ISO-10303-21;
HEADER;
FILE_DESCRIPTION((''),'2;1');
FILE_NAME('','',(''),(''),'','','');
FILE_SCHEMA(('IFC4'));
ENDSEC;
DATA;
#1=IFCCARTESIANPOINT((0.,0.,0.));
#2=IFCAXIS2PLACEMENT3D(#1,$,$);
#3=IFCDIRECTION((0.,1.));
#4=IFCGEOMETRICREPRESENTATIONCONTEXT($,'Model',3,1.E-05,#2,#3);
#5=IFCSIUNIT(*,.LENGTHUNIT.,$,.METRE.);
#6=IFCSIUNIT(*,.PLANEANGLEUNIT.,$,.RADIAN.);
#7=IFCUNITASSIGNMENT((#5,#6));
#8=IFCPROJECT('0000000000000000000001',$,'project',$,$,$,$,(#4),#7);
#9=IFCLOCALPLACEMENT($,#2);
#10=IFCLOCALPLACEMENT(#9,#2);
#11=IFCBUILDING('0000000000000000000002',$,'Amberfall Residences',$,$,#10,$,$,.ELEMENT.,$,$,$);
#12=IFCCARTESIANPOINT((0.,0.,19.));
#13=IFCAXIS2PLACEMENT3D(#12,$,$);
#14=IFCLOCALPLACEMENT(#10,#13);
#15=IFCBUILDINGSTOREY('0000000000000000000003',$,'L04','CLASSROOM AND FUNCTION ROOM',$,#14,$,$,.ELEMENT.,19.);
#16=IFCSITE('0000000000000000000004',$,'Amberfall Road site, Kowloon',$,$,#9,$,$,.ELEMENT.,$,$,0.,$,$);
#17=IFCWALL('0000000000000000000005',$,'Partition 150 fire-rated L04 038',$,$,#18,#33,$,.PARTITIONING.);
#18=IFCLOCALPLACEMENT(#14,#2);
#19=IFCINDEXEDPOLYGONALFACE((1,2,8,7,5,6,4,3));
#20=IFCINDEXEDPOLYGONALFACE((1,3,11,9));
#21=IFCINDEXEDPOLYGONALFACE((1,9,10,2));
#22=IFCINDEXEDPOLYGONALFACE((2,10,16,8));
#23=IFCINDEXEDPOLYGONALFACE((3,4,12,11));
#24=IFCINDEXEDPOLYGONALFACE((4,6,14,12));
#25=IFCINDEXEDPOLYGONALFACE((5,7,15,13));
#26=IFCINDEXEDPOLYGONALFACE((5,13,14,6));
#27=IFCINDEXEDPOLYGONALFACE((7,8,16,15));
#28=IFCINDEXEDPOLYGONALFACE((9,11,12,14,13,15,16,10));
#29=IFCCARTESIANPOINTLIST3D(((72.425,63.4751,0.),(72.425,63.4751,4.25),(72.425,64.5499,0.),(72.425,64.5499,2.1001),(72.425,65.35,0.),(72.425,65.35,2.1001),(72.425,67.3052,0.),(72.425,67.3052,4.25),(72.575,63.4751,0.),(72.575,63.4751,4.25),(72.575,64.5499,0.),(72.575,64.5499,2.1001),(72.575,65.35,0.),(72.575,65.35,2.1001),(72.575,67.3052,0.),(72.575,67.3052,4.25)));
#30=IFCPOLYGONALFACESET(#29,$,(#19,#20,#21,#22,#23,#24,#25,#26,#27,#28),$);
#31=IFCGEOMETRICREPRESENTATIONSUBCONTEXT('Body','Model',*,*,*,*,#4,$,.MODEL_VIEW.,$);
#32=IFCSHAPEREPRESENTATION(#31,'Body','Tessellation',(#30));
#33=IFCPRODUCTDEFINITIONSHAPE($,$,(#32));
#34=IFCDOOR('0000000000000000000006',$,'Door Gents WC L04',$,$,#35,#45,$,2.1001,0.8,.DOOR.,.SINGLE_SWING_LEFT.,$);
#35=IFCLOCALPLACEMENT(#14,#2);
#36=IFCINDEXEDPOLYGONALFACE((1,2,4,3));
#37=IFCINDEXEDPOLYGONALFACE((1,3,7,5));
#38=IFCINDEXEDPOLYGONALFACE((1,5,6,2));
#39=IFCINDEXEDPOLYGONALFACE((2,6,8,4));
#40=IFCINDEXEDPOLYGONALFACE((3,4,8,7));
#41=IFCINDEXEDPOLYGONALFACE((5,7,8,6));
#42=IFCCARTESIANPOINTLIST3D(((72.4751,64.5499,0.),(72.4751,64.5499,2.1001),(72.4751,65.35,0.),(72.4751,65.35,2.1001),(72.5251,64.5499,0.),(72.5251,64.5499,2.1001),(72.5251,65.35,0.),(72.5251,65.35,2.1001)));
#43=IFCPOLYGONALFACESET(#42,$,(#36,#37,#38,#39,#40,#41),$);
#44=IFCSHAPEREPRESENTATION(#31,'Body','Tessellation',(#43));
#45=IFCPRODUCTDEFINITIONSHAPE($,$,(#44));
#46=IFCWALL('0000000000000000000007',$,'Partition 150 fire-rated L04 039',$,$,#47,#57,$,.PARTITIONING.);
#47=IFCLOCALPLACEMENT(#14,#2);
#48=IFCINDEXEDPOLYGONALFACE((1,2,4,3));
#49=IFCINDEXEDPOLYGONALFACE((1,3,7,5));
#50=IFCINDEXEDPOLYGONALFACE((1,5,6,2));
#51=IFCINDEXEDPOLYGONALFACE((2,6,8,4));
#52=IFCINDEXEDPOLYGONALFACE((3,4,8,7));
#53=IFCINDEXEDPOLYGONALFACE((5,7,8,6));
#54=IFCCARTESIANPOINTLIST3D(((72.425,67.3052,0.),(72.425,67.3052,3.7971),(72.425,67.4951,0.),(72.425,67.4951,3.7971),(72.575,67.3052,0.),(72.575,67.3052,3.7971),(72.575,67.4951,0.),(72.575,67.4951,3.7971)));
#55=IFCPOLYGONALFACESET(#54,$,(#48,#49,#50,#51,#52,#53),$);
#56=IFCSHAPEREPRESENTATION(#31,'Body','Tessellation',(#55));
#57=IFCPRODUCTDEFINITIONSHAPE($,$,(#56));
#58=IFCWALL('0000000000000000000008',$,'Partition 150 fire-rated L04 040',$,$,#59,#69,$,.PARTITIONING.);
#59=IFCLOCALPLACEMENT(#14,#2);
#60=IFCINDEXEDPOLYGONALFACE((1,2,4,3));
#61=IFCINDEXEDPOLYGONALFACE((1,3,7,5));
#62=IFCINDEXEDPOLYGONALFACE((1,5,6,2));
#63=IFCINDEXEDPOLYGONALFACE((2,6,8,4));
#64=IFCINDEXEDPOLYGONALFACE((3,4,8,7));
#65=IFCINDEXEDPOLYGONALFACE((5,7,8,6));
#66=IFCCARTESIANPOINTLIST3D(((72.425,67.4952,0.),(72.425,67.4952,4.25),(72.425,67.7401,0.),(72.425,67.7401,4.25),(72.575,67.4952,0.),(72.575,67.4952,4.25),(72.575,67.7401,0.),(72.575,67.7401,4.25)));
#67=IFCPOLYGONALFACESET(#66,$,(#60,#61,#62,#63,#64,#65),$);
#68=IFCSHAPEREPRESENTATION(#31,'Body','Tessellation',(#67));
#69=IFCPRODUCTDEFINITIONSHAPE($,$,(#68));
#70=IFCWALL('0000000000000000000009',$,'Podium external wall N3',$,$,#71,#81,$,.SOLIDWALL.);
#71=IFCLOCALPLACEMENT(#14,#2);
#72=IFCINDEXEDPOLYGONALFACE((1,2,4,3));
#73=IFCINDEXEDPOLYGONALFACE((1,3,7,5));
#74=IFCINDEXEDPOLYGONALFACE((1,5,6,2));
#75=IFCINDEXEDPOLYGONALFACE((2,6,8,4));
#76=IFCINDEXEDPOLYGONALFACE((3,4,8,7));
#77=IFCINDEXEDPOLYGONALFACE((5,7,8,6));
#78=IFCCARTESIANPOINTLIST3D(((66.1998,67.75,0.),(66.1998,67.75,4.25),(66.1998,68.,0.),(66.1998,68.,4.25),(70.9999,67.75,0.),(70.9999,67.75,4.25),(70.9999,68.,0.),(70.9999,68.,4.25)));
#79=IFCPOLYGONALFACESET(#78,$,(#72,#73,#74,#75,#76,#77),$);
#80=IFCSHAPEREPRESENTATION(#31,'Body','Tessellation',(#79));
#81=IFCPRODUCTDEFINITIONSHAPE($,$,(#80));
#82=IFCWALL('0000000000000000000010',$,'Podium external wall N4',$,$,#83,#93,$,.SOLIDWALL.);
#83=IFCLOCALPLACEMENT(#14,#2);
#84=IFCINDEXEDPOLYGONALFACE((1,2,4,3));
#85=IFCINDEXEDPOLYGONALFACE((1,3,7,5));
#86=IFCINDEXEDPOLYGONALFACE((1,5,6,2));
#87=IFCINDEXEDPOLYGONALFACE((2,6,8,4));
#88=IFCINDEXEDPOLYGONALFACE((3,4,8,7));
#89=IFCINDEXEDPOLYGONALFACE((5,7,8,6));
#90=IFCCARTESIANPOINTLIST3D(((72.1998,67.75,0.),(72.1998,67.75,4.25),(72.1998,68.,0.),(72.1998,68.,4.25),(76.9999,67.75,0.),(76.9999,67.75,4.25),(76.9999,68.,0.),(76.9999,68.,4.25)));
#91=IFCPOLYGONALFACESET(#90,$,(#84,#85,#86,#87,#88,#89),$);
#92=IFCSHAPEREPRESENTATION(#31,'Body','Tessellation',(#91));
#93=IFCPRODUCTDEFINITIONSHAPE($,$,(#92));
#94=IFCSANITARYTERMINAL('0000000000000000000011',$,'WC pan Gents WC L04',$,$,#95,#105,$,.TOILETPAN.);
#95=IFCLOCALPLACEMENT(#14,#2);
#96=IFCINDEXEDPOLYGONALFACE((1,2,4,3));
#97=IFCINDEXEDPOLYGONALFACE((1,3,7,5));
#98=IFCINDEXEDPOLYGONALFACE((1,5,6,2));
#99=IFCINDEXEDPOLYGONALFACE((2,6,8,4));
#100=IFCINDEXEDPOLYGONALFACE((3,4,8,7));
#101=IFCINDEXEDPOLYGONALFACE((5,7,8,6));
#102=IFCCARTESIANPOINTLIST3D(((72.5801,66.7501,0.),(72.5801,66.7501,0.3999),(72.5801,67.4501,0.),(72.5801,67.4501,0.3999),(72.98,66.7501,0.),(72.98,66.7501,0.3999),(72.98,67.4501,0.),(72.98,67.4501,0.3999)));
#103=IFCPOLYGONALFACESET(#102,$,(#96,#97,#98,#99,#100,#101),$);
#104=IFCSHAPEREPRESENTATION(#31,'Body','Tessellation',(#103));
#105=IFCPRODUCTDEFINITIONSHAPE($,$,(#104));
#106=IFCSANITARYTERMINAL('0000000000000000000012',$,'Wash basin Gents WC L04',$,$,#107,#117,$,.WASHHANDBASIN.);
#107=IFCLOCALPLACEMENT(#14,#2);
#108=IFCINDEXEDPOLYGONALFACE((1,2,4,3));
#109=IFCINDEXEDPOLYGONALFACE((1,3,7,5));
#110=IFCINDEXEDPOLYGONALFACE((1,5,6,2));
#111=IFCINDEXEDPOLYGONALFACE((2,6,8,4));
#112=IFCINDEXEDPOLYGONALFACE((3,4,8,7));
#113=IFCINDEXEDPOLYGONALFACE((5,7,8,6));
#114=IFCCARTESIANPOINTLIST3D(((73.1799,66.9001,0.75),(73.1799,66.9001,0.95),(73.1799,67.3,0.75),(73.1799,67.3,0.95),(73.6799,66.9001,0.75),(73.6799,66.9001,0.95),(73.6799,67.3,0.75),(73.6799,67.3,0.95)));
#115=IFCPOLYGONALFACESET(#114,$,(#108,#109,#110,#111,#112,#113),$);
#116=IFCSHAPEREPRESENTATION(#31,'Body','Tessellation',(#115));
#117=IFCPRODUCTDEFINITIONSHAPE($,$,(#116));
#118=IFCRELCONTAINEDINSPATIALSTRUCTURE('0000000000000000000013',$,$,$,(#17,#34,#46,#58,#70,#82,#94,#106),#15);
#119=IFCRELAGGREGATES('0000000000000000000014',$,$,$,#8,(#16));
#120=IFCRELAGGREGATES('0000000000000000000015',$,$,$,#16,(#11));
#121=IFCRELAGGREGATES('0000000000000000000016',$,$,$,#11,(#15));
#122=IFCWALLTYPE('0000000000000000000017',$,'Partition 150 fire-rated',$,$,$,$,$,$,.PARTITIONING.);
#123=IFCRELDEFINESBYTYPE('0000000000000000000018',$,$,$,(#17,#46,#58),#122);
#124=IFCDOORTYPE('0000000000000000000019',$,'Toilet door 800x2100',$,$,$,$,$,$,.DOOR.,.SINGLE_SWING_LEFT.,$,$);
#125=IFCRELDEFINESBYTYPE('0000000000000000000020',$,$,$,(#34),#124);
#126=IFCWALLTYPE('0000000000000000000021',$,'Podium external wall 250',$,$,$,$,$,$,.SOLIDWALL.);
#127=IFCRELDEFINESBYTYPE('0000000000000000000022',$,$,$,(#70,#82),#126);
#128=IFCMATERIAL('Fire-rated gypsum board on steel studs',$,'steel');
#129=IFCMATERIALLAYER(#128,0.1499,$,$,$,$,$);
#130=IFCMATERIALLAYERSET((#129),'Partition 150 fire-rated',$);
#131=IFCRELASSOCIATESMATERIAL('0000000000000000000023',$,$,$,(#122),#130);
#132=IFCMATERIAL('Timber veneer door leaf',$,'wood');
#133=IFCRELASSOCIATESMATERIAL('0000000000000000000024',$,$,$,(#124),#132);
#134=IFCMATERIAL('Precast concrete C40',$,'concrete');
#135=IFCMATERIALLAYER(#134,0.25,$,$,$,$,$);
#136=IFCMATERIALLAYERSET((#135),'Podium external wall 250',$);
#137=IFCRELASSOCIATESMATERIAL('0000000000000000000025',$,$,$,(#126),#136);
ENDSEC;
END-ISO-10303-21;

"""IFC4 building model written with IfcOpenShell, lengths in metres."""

from ifc_helpers import new_model, si_unit, direction, frame, frame_2d, origin, origin_2d, place, context, subcontext, project, spatial, rectangle, extrude, material, layer, layer_set, type_object, element, fill, save


model = new_model("IFC4")

# Units and contexts
model_context = context("Model", 3, precision=1e-05, world=origin(), true_north=direction((0.0, 1.0)))
body_context = subcontext(model_context, "Body", "Model", "MODEL_VIEW")
ifc_project = project(units=[si_unit("LENGTHUNIT", "METRE"), si_unit("PLANEANGLEUNIT", "RADIAN")], contexts=[model_context])

# Site, building, storey
site_placement = place(None, origin())
site = spatial("IfcSite", under=ifc_project, at=site_placement, Name="Amberfall Road site, Kowloon", CompositionType="ELEMENT", RefElevation=0.0)
building_placement = place(site_placement, origin())
building = spatial("IfcBuilding", under=site, at=building_placement, Name="Amberfall Residences", CompositionType="ELEMENT")
storey_placement = place(building_placement, frame((0.0, 0.0, 19.0)))
storey = spatial("IfcBuildingStorey", under=building, at=storey_placement, Name="L04", Description="CLASSROOM AND FUNCTION ROOM", CompositionType="ELEMENT", Elevation=19.0)

# Shared definitions
ifc_material_1 = material(Name="Fire-rated gypsum board on steel studs", Category="steel")
ifc_layer_1 = layer(ifc_material_1, 0.1499)
ifc_layer_set_1 = layer_set([ifc_layer_1], Name="Partition 150 fire-rated")
wall_type_1 = type_object("IfcWallType", Name="Partition 150 fire-rated", PredefinedType="PARTITIONING", material=ifc_layer_set_1)
ifc_material_2 = material(Name="Timber veneer door leaf", Category="wood")

# Wall, opening, door
wall_1_placement = place(storey_placement, frame((72.5, 63.4751, 0.0), z_axis=(0.0, 0.0, 1.0), x_axis=(0.0, 1.0, 0.0)))
wall_1 = element("IfcWall", 1, at=wall_1_placement, inside=storey, type_object=wall_type_1, Name="Partition 150 fire-rated L04 038", PredefinedType="PARTITIONING", context=body_context, shape_type="SweptSolid", body=[
    extrude(rectangle(XDim=3.8301, YDim=0.1499, at=frame_2d((1.915, 0.0))), origin(), (0.0, 0.0, 1.0), 4.25),
])
opening_1_placement = place(wall_1_placement, frame((1.075, 0.0, 0.0)))
opening_1 = element("IfcOpeningElement", 2, at=opening_1_placement, cuts=wall_1, PredefinedType="OPENING", context=body_context, shape_type="SweptSolid", body=[
    extrude(rectangle(XDim=0.8, YDim=2.1001, at=frame_2d((0.3999, 1.05))), frame((0.0, 0.085, 0.0), z_axis=(0.0, -1.0, 0.0), x_axis=(1.0, 0.0, 0.0)), (0.0, 0.0, 1.0), 0.1699),
])
door_type_1 = type_object("IfcDoorType", Name="Toilet door 800x2100", OperationType="SINGLE_SWING_LEFT", PredefinedType="DOOR", material=ifc_material_2)
door_1_placement = place(opening_1_placement, origin())
door_1 = element("IfcDoor", 3, at=door_1_placement, inside=storey, type_object=door_type_1, Name="Door Gents WC L04", OperationType="SINGLE_SWING_LEFT", OverallHeight=2.1001, OverallWidth=0.8, PredefinedType="DOOR", context=body_context, shape_type="SweptSolid", body=[
    extrude(rectangle(XDim=0.8, YDim=2.1001, at=frame_2d((0.3999, 1.05))), frame((0.0, 0.0249, 0.0), z_axis=(0.0, -1.0, 0.0), x_axis=(1.0, 0.0, 0.0)), (0.0, 0.0, 1.0), 0.05),
])
fill(opening_1, door_1)

# Walls
wall_2_placement = place(storey_placement, frame((72.5, 67.3052, 0.0), z_axis=(0.0, 0.0, 1.0), x_axis=(0.0, 1.0, 0.0)))
element("IfcWall", 4, at=wall_2_placement, inside=storey, type_object=wall_type_1, Name="Partition 150 fire-rated L04 039", PredefinedType="PARTITIONING", context=body_context, shape_type="SweptSolid", body=[
    extrude(rectangle(XDim=0.1899, YDim=0.1499, at=frame_2d((0.095, 0.0))), origin(), (0.0, 0.0, 1.0), 3.7971),
])
wall_3_placement = place(storey_placement, frame((72.5, 67.4951, 0.0), z_axis=(0.0, 0.0, 1.0), x_axis=(0.0, 1.0, 0.0)))
element("IfcWall", 5, at=wall_3_placement, inside=storey, type_object=wall_type_1, Name="Partition 150 fire-rated L04 040", PredefinedType="PARTITIONING", context=body_context, shape_type="SweptSolid", body=[
    extrude(rectangle(XDim=0.2449, YDim=0.1499, at=frame_2d((0.1226, 0.0))), origin(), (0.0, 0.0, 1.0), 4.25),
])
ifc_material_3 = material(Name="Precast concrete C40", Category="concrete")
ifc_layer_2 = layer(ifc_material_3, 0.25)
ifc_layer_set_2 = layer_set([ifc_layer_2], Name="Podium external wall 250")
wall_type_2 = type_object("IfcWallType", Name="Podium external wall 250", PredefinedType="SOLIDWALL", material=ifc_layer_set_2)
for number, where, z_axis, x_axis, name in (
    (6, (66.2, 67.875, 0.0), (0.0, 0.0, 1.0), (1.0, 0.0, 0.0), "Podium external wall N3"),
    (7, (72.2, 67.875, 0.0), (0.0, 0.0, 1.0), (1.0, 0.0, 0.0), "Podium external wall N4"),
):
    element("IfcWall", number, at=place(storey_placement, frame(where, z_axis=z_axis, x_axis=x_axis)), inside=storey, type_object=wall_type_2, Name=name, PredefinedType="SOLIDWALL", context=body_context, shape_type="SweptSolid", body=[
        extrude(rectangle(XDim=4.8, YDim=0.25, at=frame_2d((2.3999, 0.0))), origin(), (0.0, 0.0, 1.0), 4.25),
    ])

# Sanitary terminals
sanitary_terminal_1_placement = place(storey_placement, frame((72.78, 67.1001, 0.0), z_axis=(0.0, 0.0, 1.0), x_axis=(1.0, 0.0, 0.0)))
element("IfcSanitaryTerminal", 8, at=sanitary_terminal_1_placement, inside=storey, Name="WC pan Gents WC L04", PredefinedType="TOILETPAN", context=body_context, shape_type="SweptSolid", body=[
    extrude(rectangle(XDim=0.3999, YDim=0.7, at=origin_2d()), origin(), (0.0, 0.0, 1.0), 0.3999),
])
sanitary_terminal_2_placement = place(storey_placement, frame((73.4299, 67.1001, 0.75), z_axis=(0.0, 0.0, 1.0), x_axis=(1.0, 0.0, 0.0)))
element("IfcSanitaryTerminal", 9, at=sanitary_terminal_2_placement, inside=storey, Name="Wash basin Gents WC L04", PredefinedType="WASHHANDBASIN", context=body_context, shape_type="SweptSolid", body=[
    extrude(rectangle(XDim=0.5, YDim=0.3999, at=origin_2d()), origin(), (0.0, 0.0, 1.0), 0.2),
])

save(model, "model.ifc")
